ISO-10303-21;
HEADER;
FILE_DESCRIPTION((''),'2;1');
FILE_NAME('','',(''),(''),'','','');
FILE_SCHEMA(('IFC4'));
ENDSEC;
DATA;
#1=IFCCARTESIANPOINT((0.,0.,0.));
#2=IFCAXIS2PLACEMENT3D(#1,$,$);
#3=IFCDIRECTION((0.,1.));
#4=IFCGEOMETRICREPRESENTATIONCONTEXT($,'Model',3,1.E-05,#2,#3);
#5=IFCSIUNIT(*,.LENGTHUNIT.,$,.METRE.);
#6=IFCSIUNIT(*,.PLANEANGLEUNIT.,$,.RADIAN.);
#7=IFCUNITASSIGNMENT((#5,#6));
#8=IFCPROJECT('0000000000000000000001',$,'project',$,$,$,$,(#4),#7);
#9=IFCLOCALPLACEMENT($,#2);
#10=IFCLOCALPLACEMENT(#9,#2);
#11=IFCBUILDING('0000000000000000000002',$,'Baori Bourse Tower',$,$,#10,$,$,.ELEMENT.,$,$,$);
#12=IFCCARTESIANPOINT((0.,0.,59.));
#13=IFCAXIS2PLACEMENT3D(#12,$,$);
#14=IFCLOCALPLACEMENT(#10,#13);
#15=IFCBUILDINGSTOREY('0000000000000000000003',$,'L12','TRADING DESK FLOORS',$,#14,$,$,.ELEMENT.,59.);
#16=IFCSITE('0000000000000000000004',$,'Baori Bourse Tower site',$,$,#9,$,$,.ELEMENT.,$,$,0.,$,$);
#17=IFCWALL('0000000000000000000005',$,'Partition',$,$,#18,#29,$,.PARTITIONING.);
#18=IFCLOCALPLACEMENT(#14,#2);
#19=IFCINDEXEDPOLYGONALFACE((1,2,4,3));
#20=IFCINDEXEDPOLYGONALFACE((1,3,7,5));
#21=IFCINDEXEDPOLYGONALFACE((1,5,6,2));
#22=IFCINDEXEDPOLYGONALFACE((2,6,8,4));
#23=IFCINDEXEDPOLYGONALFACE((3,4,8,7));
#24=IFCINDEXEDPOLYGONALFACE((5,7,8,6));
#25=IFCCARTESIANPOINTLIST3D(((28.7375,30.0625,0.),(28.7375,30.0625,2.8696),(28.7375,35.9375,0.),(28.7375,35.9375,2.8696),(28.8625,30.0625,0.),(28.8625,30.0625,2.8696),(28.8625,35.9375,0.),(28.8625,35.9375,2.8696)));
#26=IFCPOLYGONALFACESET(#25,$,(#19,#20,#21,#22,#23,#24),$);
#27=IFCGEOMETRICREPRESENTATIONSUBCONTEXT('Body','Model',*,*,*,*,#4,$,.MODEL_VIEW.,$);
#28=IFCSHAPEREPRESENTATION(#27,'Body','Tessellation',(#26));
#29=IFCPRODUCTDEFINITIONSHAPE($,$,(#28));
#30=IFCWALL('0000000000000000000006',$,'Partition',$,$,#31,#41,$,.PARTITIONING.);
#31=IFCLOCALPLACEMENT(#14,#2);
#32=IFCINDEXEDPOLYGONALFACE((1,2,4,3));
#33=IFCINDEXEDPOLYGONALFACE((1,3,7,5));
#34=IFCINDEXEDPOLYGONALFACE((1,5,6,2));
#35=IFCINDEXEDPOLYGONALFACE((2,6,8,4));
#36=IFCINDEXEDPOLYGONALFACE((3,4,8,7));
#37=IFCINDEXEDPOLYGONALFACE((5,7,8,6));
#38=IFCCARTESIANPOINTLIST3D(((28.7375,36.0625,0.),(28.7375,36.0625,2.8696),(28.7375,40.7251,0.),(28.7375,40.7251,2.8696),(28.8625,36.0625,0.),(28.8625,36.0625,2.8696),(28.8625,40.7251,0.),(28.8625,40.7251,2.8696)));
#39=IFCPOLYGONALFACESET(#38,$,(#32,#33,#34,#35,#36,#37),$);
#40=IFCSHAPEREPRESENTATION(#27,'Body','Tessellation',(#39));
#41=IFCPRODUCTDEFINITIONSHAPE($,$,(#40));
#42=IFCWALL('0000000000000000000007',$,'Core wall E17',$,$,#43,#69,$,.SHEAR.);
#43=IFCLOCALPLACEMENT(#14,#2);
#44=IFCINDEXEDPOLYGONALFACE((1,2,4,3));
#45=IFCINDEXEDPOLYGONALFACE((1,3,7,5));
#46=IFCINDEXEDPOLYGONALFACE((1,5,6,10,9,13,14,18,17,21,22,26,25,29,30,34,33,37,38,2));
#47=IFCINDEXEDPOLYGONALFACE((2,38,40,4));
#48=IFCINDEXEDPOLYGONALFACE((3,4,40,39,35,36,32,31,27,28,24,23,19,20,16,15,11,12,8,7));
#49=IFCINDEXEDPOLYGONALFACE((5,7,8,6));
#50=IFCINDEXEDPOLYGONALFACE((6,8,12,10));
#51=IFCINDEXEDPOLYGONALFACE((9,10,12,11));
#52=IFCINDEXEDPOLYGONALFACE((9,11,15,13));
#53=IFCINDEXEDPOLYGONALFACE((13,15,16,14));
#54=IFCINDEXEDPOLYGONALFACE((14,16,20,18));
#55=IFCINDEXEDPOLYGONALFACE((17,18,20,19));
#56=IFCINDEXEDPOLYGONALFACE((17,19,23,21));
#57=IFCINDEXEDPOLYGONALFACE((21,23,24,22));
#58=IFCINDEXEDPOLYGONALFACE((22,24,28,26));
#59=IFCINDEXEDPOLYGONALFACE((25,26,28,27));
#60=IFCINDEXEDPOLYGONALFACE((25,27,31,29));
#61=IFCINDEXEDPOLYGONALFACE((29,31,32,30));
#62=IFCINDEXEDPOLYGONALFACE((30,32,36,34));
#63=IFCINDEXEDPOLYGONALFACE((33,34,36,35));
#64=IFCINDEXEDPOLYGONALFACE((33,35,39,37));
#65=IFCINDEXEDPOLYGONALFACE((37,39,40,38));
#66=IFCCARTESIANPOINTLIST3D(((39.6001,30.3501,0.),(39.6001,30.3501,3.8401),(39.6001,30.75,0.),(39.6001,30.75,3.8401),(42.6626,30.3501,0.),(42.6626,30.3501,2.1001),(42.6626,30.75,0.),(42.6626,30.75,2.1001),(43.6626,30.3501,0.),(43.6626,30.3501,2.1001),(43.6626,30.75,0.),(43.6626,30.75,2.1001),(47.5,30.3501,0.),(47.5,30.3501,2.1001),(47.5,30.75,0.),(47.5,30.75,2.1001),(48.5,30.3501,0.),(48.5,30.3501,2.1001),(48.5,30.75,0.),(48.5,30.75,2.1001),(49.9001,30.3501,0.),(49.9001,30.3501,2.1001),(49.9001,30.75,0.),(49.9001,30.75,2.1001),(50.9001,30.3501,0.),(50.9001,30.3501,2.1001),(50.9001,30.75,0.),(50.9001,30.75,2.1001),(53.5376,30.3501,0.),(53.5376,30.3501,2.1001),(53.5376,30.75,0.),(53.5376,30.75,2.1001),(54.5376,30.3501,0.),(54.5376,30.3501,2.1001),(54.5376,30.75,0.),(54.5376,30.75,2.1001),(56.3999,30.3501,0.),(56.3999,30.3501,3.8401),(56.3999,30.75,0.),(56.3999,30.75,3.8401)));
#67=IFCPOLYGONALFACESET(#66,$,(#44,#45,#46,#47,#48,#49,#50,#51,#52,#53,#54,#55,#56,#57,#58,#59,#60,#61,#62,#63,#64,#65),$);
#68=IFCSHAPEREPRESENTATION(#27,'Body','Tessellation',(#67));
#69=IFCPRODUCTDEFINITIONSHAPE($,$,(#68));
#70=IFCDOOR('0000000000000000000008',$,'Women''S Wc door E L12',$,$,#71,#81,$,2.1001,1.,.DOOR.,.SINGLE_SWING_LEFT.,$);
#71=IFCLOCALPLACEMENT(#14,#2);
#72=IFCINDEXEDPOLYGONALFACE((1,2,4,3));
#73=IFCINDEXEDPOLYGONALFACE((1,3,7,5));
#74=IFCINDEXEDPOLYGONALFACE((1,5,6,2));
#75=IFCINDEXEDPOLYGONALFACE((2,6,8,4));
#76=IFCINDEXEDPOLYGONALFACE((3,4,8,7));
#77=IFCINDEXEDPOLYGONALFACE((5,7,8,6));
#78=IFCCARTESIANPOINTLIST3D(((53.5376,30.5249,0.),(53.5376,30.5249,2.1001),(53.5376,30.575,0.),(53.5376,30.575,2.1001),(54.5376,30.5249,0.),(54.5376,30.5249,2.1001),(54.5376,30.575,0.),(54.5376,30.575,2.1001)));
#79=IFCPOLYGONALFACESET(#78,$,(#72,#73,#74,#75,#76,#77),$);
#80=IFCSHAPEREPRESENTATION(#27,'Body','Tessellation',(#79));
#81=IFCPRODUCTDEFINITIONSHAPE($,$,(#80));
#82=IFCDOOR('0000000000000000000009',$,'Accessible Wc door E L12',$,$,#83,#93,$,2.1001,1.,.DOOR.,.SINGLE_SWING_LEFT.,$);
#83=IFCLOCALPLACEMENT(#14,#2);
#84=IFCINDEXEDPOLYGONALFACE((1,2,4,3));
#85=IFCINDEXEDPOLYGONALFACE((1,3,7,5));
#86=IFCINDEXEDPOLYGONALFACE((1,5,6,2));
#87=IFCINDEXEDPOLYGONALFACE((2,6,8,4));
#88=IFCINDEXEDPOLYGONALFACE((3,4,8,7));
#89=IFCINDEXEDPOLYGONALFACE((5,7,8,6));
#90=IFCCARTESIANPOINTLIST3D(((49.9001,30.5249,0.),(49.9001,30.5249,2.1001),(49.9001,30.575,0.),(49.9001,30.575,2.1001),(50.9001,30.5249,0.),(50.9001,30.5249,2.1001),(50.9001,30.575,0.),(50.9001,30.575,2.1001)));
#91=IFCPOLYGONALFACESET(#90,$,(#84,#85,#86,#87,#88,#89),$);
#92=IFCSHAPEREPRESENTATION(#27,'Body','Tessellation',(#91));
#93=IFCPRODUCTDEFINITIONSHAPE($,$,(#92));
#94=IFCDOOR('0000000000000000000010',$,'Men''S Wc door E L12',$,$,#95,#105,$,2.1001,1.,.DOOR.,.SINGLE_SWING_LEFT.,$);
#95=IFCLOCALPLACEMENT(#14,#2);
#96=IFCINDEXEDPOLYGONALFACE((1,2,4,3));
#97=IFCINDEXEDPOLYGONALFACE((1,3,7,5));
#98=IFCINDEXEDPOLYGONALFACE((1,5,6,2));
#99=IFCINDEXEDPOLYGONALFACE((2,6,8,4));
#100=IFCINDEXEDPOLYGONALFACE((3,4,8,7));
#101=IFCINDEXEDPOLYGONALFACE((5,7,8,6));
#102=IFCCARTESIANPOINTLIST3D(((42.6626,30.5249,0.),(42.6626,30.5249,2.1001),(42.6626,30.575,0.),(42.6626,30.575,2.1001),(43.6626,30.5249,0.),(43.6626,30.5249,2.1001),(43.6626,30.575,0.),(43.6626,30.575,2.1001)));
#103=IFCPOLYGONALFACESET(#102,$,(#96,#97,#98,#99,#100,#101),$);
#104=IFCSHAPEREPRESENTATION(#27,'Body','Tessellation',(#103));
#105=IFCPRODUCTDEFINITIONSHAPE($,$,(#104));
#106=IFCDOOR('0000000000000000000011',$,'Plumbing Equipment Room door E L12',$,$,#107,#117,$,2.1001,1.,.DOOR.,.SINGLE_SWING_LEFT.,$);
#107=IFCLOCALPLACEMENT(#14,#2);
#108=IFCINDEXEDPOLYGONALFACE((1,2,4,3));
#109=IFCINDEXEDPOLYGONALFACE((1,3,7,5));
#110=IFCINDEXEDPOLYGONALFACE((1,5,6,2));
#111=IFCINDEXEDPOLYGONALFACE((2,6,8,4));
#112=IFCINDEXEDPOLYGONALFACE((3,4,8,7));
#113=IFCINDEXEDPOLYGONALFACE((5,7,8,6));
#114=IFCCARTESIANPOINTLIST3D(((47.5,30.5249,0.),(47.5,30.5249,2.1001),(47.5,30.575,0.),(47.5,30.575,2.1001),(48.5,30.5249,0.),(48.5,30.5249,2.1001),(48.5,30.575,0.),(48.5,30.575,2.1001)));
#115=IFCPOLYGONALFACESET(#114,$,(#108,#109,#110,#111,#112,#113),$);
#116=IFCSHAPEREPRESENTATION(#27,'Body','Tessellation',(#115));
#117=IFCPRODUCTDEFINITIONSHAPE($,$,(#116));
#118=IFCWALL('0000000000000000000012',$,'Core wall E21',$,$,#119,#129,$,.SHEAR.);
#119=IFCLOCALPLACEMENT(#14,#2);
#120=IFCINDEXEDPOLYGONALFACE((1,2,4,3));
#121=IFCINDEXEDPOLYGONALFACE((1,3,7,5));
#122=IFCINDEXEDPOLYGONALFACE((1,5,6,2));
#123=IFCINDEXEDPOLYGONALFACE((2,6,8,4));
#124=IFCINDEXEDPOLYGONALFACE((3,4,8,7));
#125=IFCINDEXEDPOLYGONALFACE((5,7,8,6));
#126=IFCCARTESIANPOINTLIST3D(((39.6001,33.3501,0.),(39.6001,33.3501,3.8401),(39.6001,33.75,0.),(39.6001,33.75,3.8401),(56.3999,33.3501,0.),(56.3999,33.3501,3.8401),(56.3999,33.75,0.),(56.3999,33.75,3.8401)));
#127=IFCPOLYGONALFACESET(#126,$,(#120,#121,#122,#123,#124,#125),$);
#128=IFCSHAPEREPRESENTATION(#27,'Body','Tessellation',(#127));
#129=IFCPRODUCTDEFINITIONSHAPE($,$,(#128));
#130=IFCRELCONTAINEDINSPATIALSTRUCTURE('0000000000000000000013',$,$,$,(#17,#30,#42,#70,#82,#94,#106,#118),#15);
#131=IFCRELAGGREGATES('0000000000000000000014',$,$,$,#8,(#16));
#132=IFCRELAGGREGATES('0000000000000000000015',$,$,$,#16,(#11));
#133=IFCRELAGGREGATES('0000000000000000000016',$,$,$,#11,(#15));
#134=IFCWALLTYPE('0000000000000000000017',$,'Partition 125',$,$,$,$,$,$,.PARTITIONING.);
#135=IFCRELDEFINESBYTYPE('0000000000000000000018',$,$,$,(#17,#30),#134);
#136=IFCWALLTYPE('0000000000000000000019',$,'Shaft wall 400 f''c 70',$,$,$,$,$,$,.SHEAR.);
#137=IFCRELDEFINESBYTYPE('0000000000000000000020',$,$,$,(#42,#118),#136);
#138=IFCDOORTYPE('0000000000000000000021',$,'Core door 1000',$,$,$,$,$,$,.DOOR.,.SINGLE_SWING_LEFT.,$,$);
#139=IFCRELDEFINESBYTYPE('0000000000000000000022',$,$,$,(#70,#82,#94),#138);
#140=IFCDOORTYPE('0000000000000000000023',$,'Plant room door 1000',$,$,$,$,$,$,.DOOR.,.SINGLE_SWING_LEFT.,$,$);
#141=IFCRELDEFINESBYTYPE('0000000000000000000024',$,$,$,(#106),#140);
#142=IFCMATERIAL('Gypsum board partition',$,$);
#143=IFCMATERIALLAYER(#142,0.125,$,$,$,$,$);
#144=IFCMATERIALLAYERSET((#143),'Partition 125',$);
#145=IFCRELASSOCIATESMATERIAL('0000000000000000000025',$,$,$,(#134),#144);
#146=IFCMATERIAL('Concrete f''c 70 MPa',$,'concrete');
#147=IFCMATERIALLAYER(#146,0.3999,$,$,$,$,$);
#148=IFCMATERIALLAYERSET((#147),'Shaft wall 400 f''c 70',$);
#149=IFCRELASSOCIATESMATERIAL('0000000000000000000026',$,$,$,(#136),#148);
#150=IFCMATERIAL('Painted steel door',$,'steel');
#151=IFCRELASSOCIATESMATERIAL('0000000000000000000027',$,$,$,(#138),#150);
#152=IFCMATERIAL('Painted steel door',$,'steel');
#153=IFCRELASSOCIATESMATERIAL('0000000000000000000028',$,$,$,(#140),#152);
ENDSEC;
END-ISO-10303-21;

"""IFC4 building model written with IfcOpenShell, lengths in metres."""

from ifc_helpers import new_model, si_unit, direction, frame, frame_2d, origin, place, context, subcontext, project, spatial, rectangle, extrude, material, layer, layer_set, type_object, element, fill, save


model = new_model("IFC4")

# Units and contexts
model_context = context("Model", 3, precision=1e-05, world=origin(), true_north=direction((0.0, 1.0)))
body_context = subcontext(model_context, "Body", "Model", "MODEL_VIEW")
ifc_project = project(units=[si_unit("LENGTHUNIT", "METRE"), si_unit("PLANEANGLEUNIT", "RADIAN")], contexts=[model_context])

# Site, building, storey
site_placement = place(None, origin())
site = spatial("IfcSite", under=ifc_project, at=site_placement, Name="Baori Bourse Tower site", CompositionType="ELEMENT", RefElevation=0.0)
building_placement = place(site_placement, origin())
building = spatial("IfcBuilding", under=site, at=building_placement, Name="Baori Bourse Tower", CompositionType="ELEMENT")
storey_placement = place(building_placement, frame((0.0, 0.0, 59.0)))
storey = spatial("IfcBuildingStorey", under=building, at=storey_placement, Name="L12", Description="TRADING DESK FLOORS", CompositionType="ELEMENT", Elevation=59.0)

# Walls
ifc_material_1 = material(Name="Gypsum board partition")
ifc_layer_1 = layer(ifc_material_1, 0.125)
ifc_layer_set_1 = layer_set([ifc_layer_1], Name="Partition 125")
wall_type_1 = type_object("IfcWallType", Name="Partition 125", PredefinedType="PARTITIONING", material=ifc_layer_set_1)
wall_1_placement = place(storey_placement, frame((28.8, 30.0625, 0.0), z_axis=(0.0, 0.0, 1.0), x_axis=(0.0, 1.0, 0.0)))
element("IfcWall", 1, at=wall_1_placement, inside=storey, type_object=wall_type_1, Name="Partition", PredefinedType="PARTITIONING", context=body_context, shape_type="SweptSolid", body=[
    extrude(rectangle(XDim=5.875, YDim=0.125, at=frame_2d((2.9375, 0.0))), origin(), (0.0, 0.0, 1.0), 2.8696),
])
wall_2_placement = place(storey_placement, frame((28.8, 36.0625, 0.0), z_axis=(0.0, 0.0, 1.0), x_axis=(0.0, 1.0, 0.0)))
element("IfcWall", 2, at=wall_2_placement, inside=storey, type_object=wall_type_1, Name="Partition", PredefinedType="PARTITIONING", context=body_context, shape_type="SweptSolid", body=[
    extrude(rectangle(XDim=4.6626, YDim=0.125, at=frame_2d((2.3313, 0.0))), origin(), (0.0, 0.0, 1.0), 2.8696),
])

# Wall, openings, doors
ifc_material_2 = material(Name="Concrete f'c 70 MPa", Category="concrete")
ifc_layer_2 = layer(ifc_material_2, 0.3999)
ifc_layer_set_2 = layer_set([ifc_layer_2], Name="Shaft wall 400 f'c 70")
wall_type_2 = type_object("IfcWallType", Name="Shaft wall 400 f'c 70", PredefinedType="SHEAR", material=ifc_layer_set_2)
wall_3_placement = place(storey_placement, frame((39.6001, 30.55, 0.0), z_axis=(0.0, 0.0, 1.0), x_axis=(1.0, 0.0, 0.0)))
wall_3 = element("IfcWall", 3, at=wall_3_placement, inside=storey, type_object=wall_type_2, Name="Core wall E17", PredefinedType="SHEAR", context=body_context, shape_type="SweptSolid", body=[
    extrude(rectangle(XDim=16.7998, YDim=0.3999, at=frame_2d((8.3999, 0.0))), origin(), (0.0, 0.0, 1.0), 3.8401),
])
opening_1_placement = place(wall_3_placement, frame((13.9375, 0.0, 0.0)))
opening_1 = element("IfcOpeningElement", 4, at=opening_1_placement, cuts=wall_3, PredefinedType="OPENING", context=body_context, shape_type="SweptSolid", body=[
    extrude(rectangle(XDim=1.0, YDim=2.1001, at=frame_2d((0.5, 1.05))), frame((0.0, 0.21, 0.0), z_axis=(0.0, -1.0, 0.0), x_axis=(1.0, 0.0, 0.0)), (0.0, 0.0, 1.0), 0.4199),
])
opening_2_placement = place(wall_3_placement, frame((10.3, 0.0, 0.0)))
opening_2 = element("IfcOpeningElement", 5, at=opening_2_placement, cuts=wall_3, PredefinedType="OPENING", context=body_context, shape_type="SweptSolid", body=[
    extrude(rectangle(XDim=1.0, YDim=2.1001, at=frame_2d((0.5, 1.05))), frame((0.0, 0.21, 0.0), z_axis=(0.0, -1.0, 0.0), x_axis=(1.0, 0.0, 0.0)), (0.0, 0.0, 1.0), 0.4199),
])
opening_3_placement = place(wall_3_placement, frame((7.8999, 0.0, 0.0)))
opening_3 = element("IfcOpeningElement", 6, at=opening_3_placement, cuts=wall_3, PredefinedType="OPENING", context=body_context, shape_type="SweptSolid", body=[
    extrude(rectangle(XDim=1.0, YDim=2.1001, at=frame_2d((0.5, 1.05))), frame((0.0, 0.21, 0.0), z_axis=(0.0, -1.0, 0.0), x_axis=(1.0, 0.0, 0.0)), (0.0, 0.0, 1.0), 0.4199),
])
opening_4_placement = place(wall_3_placement, frame((3.0625, 0.0, 0.0)))
opening_4 = element("IfcOpeningElement", 7, at=opening_4_placement, cuts=wall_3, PredefinedType="OPENING", context=body_context, shape_type="SweptSolid", body=[
    extrude(rectangle(XDim=1.0, YDim=2.1001, at=frame_2d((0.5, 1.05))), frame((0.0, 0.21, 0.0), z_axis=(0.0, -1.0, 0.0), x_axis=(1.0, 0.0, 0.0)), (0.0, 0.0, 1.0), 0.4199),
])
ifc_material_3 = material(Name="Painted steel door", Category="steel")
door_type_1 = type_object("IfcDoorType", Name="Core door 1000", OperationType="SINGLE_SWING_LEFT", PredefinedType="DOOR", material=ifc_material_3)
door_1_placement = place(opening_1_placement, origin())
door_1 = element("IfcDoor", 8, at=door_1_placement, inside=storey, type_object=door_type_1, Name="Women'S Wc door E L12", OperationType="SINGLE_SWING_LEFT", OverallHeight=2.1001, OverallWidth=1.0, PredefinedType="DOOR", context=body_context, shape_type="SweptSolid", body=[
    extrude(rectangle(XDim=1.0, YDim=2.1001, at=frame_2d((0.5, 1.05))), frame((0.0, 0.0249, 0.0), z_axis=(0.0, -1.0, 0.0), x_axis=(1.0, 0.0, 0.0)), (0.0, 0.0, 1.0), 0.05),
])
fill(opening_1, door_1)
door_2_placement = place(opening_2_placement, origin())
door_2 = element("IfcDoor", 9, at=door_2_placement, inside=storey, type_object=door_type_1, Name="Accessible Wc door E L12", OperationType="SINGLE_SWING_LEFT", OverallHeight=2.1001, OverallWidth=1.0, PredefinedType="DOOR", context=body_context, shape_type="SweptSolid", body=[
    extrude(rectangle(XDim=1.0, YDim=2.1001, at=frame_2d((0.5, 1.05))), frame((0.0, 0.0249, 0.0), z_axis=(0.0, -1.0, 0.0), x_axis=(1.0, 0.0, 0.0)), (0.0, 0.0, 1.0), 0.05),
])
fill(opening_2, door_2)
door_3_placement = place(opening_4_placement, origin())
door_3 = element("IfcDoor", 10, at=door_3_placement, inside=storey, type_object=door_type_1, Name="Men'S Wc door E L12", OperationType="SINGLE_SWING_LEFT", OverallHeight=2.1001, OverallWidth=1.0, PredefinedType="DOOR", context=body_context, shape_type="SweptSolid", body=[
    extrude(rectangle(XDim=1.0, YDim=2.1001, at=frame_2d((0.5, 1.05))), frame((0.0, 0.0249, 0.0), z_axis=(0.0, -1.0, 0.0), x_axis=(1.0, 0.0, 0.0)), (0.0, 0.0, 1.0), 0.05),
])
fill(opening_4, door_3)
ifc_material_4 = material(Name="Painted steel door", Category="steel")
door_type_2 = type_object("IfcDoorType", Name="Plant room door 1000", OperationType="SINGLE_SWING_LEFT", PredefinedType="DOOR", material=ifc_material_4)
door_4_placement = place(opening_3_placement, origin())
door_4 = element("IfcDoor", 11, at=door_4_placement, inside=storey, type_object=door_type_2, Name="Plumbing Equipment Room door E L12", OperationType="SINGLE_SWING_LEFT", OverallHeight=2.1001, OverallWidth=1.0, PredefinedType="DOOR", context=body_context, shape_type="SweptSolid", body=[
    extrude(rectangle(XDim=1.0, YDim=2.1001, at=frame_2d((0.5, 1.05))), frame((0.0, 0.0249, 0.0), z_axis=(0.0, -1.0, 0.0), x_axis=(1.0, 0.0, 0.0)), (0.0, 0.0, 1.0), 0.05),
])
fill(opening_3, door_4)

# Wall
wall_4_placement = place(storey_placement, frame((39.6001, 33.55, 0.0), z_axis=(0.0, 0.0, 1.0), x_axis=(1.0, 0.0, 0.0)))
element("IfcWall", 12, at=wall_4_placement, inside=storey, type_object=wall_type_2, Name="Core wall E21", PredefinedType="SHEAR", context=body_context, shape_type="SweptSolid", body=[
    extrude(rectangle(XDim=16.7998, YDim=0.3999, at=frame_2d((8.3999, 0.0))), origin(), (0.0, 0.0, 1.0), 3.8401),
])

save(model, "model.ifc")
